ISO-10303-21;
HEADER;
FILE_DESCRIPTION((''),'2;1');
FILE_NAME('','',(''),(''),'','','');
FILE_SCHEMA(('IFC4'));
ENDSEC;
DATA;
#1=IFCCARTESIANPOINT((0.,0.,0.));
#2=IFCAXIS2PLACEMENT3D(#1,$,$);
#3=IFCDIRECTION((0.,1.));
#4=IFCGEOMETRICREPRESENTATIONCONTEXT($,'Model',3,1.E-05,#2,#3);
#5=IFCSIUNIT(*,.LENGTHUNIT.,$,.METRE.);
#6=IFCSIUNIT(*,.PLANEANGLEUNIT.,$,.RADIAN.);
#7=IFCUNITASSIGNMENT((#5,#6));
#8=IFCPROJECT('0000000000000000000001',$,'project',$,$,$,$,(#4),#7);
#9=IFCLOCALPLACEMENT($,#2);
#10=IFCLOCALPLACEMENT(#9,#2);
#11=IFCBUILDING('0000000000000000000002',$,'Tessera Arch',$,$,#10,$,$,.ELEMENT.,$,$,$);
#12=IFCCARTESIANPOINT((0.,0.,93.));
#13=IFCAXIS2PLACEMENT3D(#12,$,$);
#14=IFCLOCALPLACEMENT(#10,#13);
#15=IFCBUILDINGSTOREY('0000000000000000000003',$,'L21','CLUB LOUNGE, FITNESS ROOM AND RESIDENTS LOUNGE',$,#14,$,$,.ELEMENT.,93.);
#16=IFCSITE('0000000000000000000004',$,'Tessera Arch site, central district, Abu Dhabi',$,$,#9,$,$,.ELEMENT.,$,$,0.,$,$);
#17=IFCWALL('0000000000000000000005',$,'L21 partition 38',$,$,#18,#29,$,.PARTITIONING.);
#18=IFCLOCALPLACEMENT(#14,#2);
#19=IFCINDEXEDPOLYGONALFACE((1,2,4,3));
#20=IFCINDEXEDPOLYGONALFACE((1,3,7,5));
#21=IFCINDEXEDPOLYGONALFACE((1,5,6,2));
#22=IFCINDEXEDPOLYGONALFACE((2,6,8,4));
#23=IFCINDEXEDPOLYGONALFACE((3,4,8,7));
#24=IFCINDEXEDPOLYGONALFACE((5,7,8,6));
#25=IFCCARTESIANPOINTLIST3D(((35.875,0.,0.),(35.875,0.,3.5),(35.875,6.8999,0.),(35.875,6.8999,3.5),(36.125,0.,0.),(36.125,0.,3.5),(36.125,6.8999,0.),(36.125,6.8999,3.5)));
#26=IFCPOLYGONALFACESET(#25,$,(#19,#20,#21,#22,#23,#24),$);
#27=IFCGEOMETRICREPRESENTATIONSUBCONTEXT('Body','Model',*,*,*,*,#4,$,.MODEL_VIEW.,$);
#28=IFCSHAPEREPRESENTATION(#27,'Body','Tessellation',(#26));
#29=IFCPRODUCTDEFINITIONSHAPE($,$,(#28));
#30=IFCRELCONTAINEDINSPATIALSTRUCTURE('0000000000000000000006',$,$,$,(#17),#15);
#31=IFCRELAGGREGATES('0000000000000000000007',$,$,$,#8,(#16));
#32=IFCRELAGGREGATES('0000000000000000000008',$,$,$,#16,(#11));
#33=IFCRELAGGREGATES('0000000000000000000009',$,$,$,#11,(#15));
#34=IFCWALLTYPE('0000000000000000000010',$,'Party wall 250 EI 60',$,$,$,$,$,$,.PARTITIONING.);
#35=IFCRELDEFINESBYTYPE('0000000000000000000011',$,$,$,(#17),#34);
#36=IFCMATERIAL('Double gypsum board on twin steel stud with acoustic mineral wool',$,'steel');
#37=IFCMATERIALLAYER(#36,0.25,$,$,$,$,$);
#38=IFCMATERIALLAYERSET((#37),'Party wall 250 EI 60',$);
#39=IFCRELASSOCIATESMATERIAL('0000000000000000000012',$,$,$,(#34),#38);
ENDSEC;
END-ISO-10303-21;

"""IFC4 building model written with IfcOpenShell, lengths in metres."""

from ifc_helpers import new_model, si_unit, direction, frame, frame_2d, origin, place, context, subcontext, project, spatial, rectangle, extrude, material, layer, layer_set, type_object, element, save


model = new_model("IFC4")

# Units and contexts
model_context = context("Model", 3, precision=1e-05, world=origin(), true_north=direction((0.0, 1.0)))
body_context = subcontext(model_context, "Body", "Model", "MODEL_VIEW")
ifc_project = project(units=[si_unit("LENGTHUNIT", "METRE"), si_unit("PLANEANGLEUNIT", "RADIAN")], contexts=[model_context])

# Site, building, storey
site_placement = place(None, origin())
site = spatial("IfcSite", under=ifc_project, at=site_placement, Name="Tessera Arch site, central district, Abu Dhabi", CompositionType="ELEMENT", RefElevation=0.0)
building_placement = place(site_placement, origin())
building = spatial("IfcBuilding", under=site, at=building_placement, Name="Tessera Arch", CompositionType="ELEMENT")
storey_placement = place(building_placement, frame((0.0, 0.0, 93.0)))
storey = spatial("IfcBuildingStorey", under=building, at=storey_placement, Name="L21", Description="CLUB LOUNGE, FITNESS ROOM AND RESIDENTS LOUNGE", CompositionType="ELEMENT", Elevation=93.0)

# Wall
ifc_material_1 = material(Name="Double gypsum board on twin steel stud with acoustic mineral wool", Category="steel")
ifc_layer_1 = layer(ifc_material_1, 0.25)
ifc_layer_set_1 = layer_set([ifc_layer_1], Name="Party wall 250 EI 60")
wall_type = type_object("IfcWallType", Name="Party wall 250 EI 60", PredefinedType="PARTITIONING", material=ifc_layer_set_1)
wall_placement = place(storey_placement, frame((36.0, 0.0, 0.0), z_axis=(0.0, 0.0, 1.0), x_axis=(0.0, 1.0, 0.0)))
element("IfcWall", 1, at=wall_placement, inside=storey, type_object=wall_type, Name="L21 partition 38", PredefinedType="PARTITIONING", context=body_context, shape_type="SweptSolid", body=[
    extrude(rectangle(XDim=6.8999, YDim=0.25, at=frame_2d((3.45, 0.0))), origin(), (0.0, 0.0, 1.0), 3.5),
])

save(model, "model.ifc")
